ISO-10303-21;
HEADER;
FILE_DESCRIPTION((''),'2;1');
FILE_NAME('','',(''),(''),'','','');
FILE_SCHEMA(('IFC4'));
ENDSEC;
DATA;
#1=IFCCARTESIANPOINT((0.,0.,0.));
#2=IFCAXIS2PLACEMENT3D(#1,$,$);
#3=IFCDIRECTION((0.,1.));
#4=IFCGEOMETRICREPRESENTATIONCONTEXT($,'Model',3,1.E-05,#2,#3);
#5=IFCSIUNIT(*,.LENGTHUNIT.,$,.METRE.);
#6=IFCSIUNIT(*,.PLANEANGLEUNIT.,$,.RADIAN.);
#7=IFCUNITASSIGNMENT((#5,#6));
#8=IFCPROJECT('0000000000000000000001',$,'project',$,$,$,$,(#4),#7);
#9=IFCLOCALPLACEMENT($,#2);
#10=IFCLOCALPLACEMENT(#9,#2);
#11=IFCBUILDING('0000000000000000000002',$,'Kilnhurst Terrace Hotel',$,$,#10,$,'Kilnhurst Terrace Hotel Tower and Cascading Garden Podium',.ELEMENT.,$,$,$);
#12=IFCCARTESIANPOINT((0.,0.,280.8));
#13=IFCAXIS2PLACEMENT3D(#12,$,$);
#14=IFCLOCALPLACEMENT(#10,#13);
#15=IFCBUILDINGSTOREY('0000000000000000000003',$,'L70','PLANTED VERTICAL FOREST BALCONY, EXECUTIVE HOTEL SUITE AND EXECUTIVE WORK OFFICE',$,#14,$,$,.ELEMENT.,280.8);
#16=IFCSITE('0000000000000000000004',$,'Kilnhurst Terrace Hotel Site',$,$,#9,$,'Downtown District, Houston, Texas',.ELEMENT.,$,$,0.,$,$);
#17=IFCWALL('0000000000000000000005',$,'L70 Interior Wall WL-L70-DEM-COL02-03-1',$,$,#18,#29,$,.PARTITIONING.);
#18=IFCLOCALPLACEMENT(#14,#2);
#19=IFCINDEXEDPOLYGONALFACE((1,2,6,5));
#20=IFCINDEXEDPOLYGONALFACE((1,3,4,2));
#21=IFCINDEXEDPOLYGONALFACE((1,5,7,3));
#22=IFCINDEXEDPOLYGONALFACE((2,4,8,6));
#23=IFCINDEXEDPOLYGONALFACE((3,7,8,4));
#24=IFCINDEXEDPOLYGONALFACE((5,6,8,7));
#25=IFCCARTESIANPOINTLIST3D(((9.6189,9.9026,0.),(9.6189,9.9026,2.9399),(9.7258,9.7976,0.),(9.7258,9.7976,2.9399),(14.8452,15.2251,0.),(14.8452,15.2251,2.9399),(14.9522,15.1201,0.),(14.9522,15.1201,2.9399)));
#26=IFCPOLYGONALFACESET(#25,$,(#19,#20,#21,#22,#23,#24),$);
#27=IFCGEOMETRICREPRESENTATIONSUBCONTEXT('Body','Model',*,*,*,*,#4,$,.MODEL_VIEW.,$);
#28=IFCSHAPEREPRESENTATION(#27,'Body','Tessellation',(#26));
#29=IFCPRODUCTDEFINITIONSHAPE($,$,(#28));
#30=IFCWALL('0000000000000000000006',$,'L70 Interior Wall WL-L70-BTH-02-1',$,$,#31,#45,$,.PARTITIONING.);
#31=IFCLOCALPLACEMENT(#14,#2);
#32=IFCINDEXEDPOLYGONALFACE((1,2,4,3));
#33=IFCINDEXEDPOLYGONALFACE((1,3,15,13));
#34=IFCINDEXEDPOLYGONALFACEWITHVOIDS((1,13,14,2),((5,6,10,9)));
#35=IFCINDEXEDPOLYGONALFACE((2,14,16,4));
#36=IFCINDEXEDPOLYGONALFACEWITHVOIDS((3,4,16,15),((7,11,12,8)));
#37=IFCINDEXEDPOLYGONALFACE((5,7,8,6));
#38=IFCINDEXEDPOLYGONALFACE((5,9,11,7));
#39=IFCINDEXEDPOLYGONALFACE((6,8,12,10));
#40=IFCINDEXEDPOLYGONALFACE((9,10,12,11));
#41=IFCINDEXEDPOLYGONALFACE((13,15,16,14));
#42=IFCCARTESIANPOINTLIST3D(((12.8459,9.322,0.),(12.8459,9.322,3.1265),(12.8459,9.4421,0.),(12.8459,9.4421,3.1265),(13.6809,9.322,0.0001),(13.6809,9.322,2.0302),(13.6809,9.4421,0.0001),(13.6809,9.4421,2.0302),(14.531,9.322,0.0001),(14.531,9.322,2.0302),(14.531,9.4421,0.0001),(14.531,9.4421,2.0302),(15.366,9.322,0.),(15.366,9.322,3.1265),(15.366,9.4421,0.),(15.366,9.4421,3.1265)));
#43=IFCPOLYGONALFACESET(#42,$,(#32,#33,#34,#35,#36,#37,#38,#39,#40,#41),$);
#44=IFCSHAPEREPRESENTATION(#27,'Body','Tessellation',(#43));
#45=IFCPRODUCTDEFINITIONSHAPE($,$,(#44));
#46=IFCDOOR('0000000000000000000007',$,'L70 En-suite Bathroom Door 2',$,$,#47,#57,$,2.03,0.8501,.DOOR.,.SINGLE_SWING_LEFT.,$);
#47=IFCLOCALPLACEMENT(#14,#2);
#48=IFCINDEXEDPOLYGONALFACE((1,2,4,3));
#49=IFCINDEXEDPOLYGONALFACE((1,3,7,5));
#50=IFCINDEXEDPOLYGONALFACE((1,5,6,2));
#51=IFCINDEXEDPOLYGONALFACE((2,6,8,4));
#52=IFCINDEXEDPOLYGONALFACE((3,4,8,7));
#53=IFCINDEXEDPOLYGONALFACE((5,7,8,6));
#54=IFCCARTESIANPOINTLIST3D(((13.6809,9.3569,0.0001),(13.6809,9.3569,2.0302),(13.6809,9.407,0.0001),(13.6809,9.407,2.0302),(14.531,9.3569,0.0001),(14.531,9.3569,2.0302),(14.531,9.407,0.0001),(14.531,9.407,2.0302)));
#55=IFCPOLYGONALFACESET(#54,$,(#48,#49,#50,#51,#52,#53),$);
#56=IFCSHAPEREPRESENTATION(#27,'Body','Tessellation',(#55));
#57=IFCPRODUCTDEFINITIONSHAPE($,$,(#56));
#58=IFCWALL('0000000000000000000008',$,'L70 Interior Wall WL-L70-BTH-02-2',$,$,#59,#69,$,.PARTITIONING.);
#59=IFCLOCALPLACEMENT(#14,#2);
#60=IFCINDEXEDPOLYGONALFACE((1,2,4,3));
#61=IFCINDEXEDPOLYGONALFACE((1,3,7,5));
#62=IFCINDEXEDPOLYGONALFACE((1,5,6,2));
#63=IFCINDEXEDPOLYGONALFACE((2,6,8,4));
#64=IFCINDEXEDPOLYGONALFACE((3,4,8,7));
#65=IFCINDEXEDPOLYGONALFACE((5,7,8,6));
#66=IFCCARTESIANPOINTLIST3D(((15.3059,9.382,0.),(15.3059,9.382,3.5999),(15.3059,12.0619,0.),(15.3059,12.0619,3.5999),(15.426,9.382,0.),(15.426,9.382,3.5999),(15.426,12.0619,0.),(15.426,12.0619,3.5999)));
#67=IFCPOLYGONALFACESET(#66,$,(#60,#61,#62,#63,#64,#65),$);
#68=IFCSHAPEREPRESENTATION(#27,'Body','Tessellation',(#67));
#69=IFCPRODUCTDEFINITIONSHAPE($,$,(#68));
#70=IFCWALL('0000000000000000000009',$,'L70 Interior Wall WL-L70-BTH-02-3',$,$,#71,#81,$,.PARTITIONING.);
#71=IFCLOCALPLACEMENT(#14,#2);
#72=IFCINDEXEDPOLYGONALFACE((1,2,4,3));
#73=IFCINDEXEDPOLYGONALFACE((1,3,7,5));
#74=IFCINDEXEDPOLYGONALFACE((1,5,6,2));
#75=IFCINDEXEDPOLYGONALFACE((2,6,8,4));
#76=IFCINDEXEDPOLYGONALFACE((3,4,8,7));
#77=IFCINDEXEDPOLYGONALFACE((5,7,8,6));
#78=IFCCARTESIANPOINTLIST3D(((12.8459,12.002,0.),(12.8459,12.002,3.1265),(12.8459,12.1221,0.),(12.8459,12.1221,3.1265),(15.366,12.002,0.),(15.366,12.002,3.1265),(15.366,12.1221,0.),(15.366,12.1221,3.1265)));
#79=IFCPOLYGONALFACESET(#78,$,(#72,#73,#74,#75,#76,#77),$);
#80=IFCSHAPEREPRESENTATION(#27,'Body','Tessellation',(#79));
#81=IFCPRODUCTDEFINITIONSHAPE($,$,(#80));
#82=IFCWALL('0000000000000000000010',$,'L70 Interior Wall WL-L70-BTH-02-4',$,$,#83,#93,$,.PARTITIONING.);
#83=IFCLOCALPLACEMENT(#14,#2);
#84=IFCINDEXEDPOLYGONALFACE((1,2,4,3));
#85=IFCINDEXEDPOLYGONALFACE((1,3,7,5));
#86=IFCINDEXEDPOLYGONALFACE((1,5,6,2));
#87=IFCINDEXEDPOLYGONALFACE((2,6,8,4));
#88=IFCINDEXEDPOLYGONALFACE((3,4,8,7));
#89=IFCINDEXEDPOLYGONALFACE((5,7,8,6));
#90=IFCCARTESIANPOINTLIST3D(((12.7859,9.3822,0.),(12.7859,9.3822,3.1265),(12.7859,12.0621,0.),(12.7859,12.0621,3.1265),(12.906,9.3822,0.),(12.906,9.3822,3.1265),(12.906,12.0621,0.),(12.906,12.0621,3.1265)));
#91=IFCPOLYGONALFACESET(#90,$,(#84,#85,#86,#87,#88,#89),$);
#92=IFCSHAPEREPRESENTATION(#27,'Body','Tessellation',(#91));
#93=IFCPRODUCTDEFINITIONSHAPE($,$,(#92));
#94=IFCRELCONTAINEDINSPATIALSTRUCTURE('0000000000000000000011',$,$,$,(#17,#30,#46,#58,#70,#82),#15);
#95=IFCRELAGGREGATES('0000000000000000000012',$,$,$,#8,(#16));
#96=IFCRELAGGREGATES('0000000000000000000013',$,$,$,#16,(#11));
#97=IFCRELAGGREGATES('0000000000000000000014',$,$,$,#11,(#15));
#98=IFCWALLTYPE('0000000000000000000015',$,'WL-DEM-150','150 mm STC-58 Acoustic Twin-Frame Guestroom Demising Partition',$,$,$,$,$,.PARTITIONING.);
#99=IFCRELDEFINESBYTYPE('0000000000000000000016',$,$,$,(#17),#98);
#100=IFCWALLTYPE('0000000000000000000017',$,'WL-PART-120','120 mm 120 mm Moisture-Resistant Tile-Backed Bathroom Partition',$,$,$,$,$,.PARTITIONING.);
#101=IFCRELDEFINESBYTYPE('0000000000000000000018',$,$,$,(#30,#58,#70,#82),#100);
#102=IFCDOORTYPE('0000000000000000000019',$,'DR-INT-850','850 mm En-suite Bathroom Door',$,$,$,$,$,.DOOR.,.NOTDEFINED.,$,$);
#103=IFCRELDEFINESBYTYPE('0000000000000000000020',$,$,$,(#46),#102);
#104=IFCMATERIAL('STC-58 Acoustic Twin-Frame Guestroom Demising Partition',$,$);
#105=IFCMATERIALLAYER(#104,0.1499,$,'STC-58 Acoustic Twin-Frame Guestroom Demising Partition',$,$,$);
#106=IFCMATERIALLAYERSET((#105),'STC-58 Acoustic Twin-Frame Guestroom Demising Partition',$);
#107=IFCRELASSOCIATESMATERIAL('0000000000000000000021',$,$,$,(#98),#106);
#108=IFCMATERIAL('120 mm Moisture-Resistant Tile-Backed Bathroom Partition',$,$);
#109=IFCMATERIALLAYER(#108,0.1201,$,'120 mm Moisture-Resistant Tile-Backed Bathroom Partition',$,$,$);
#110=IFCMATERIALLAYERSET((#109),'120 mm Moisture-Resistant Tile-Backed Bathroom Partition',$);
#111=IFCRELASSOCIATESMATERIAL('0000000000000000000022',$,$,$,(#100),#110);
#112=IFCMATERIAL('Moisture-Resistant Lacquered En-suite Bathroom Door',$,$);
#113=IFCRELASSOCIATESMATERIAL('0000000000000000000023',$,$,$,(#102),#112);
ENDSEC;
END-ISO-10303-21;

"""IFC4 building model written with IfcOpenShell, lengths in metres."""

from ifc_helpers import new_model, si_unit, direction, frame, frame_2d, origin, place, context, subcontext, project, spatial, rectangle, extrude, material, layer, layer_set, type_object, element, fill, save


model = new_model("IFC4")

# Units and contexts
model_context = context("Model", 3, precision=1e-05, world=origin(), true_north=direction((0.0, 1.0)))
body_context = subcontext(model_context, "Body", "Model", "MODEL_VIEW")
ifc_project = project(units=[si_unit("LENGTHUNIT", "METRE"), si_unit("PLANEANGLEUNIT", "RADIAN")], contexts=[model_context])

# Site, building, storey
site_placement = place(None, origin())
site = spatial("IfcSite", under=ifc_project, at=site_placement, Name="Kilnhurst Terrace Hotel Site", LongName="Downtown District, Houston, Texas", CompositionType="ELEMENT", RefElevation=0.0)
building_placement = place(site_placement, origin())
building = spatial("IfcBuilding", under=site, at=building_placement, Name="Kilnhurst Terrace Hotel", LongName="Kilnhurst Terrace Hotel Tower and Cascading Garden Podium", CompositionType="ELEMENT")
storey_placement = place(building_placement, frame((0.0, 0.0, 280.8)))
storey = spatial("IfcBuildingStorey", under=building, at=storey_placement, Name="L70", Description="PLANTED VERTICAL FOREST BALCONY, EXECUTIVE HOTEL SUITE AND EXECUTIVE WORK OFFICE", CompositionType="ELEMENT", Elevation=280.8)

# Wall
ifc_material_1 = material(Name="STC-58 Acoustic Twin-Frame Guestroom Demising Partition")
ifc_layer_1 = layer(ifc_material_1, 0.1499, Name="STC-58 Acoustic Twin-Frame Guestroom Demising Partition")
ifc_layer_set_1 = layer_set([ifc_layer_1], Name="STC-58 Acoustic Twin-Frame Guestroom Demising Partition")
wall_type_1 = type_object("IfcWallType", Name="WL-DEM-150", Description="150 mm STC-58 Acoustic Twin-Frame Guestroom Demising Partition", PredefinedType="PARTITIONING", material=ifc_layer_set_1)
wall_1_placement = place(storey_placement, frame((9.6724, 9.8501, 0.0), z_axis=(0.0, 0.0, 1.0), x_axis=(0.70063, 0.713525, 0.0)))
element("IfcWall", 1, at=wall_1_placement, inside=storey, type_object=wall_type_1, Name="L70 Interior Wall WL-L70-DEM-COL02-03-1", PredefinedType="PARTITIONING", context=body_context, shape_type="SweptSolid", body=[
    extrude(rectangle(XDim=7.4595, YDim=0.1499, at=frame_2d((3.7297, 0.0))), origin(), (0.0, 0.0, 1.0), 2.9399),
])

# Wall, opening, door
ifc_material_2 = material(Name="120 mm Moisture-Resistant Tile-Backed Bathroom Partition")
ifc_layer_2 = layer(ifc_material_2, 0.1201, Name="120 mm Moisture-Resistant Tile-Backed Bathroom Partition")
ifc_layer_set_2 = layer_set([ifc_layer_2], Name="120 mm Moisture-Resistant Tile-Backed Bathroom Partition")
wall_type_2 = type_object("IfcWallType", Name="WL-PART-120", Description="120 mm 120 mm Moisture-Resistant Tile-Backed Bathroom Partition", PredefinedType="PARTITIONING", material=ifc_layer_set_2)
wall_2_placement = place(storey_placement, frame((12.8459, 9.3821, 0.0), z_axis=(0.0, 0.0, 1.0), x_axis=(1.0, 0.0, 0.0)))
wall_2 = element("IfcWall", 2, at=wall_2_placement, inside=storey, type_object=wall_type_2, Name="L70 Interior Wall WL-L70-BTH-02-1", PredefinedType="PARTITIONING", context=body_context, shape_type="SweptSolid", body=[
    extrude(rectangle(XDim=2.52, YDim=0.1201, at=frame_2d((1.26, 0.0))), origin(), (0.0, 0.0, 1.0), 3.1265),
])
opening_1_placement = place(wall_2_placement, frame((0.835, 0.0, 0.0)))
opening_1 = element("IfcOpeningElement", 3, at=opening_1_placement, cuts=wall_2, PredefinedType="OPENING", context=body_context, shape_type="SweptSolid", body=[
    extrude(rectangle(XDim=0.8501, YDim=2.03, at=frame_2d((0.425, 1.0151))), frame((0.0, 0.0701, 0.0), z_axis=(0.0, -1.0, 0.0), x_axis=(1.0, 0.0, 0.0)), (0.0, 0.0, 1.0), 0.1401),
])
ifc_material_3 = material(Name="Moisture-Resistant Lacquered En-suite Bathroom Door")
door_type_1 = type_object("IfcDoorType", Name="DR-INT-850", Description="850 mm En-suite Bathroom Door", OperationType="NOTDEFINED", PredefinedType="DOOR", material=ifc_material_3)
door_1_placement = place(opening_1_placement, origin())
door_1 = element("IfcDoor", 4, at=door_1_placement, inside=storey, type_object=door_type_1, Name="L70 En-suite Bathroom Door 2", OperationType="SINGLE_SWING_LEFT", OverallHeight=2.03, OverallWidth=0.8501, PredefinedType="DOOR", context=body_context, shape_type="SweptSolid", body=[
    extrude(rectangle(XDim=0.8501, YDim=2.03, at=frame_2d((0.425, 1.0151))), frame((0.0, 0.0249, 0.0), z_axis=(0.0, -1.0, 0.0), x_axis=(1.0, 0.0, 0.0)), (0.0, 0.0, 1.0), 0.05),
])
fill(opening_1, door_1)

# Walls
wall_3_placement = place(storey_placement, frame((15.366, 9.3821, 0.0), z_axis=(0.0, 0.0, 1.0), x_axis=(0.0, 1.0, 0.0)))
element("IfcWall", 5, at=wall_3_placement, inside=storey, type_object=wall_type_2, Name="L70 Interior Wall WL-L70-BTH-02-2", PredefinedType="PARTITIONING", context=body_context, shape_type="SweptSolid", body=[
    extrude(rectangle(XDim=2.6799, YDim=0.1201, at=frame_2d((1.3398, 0.0))), origin(), (0.0, 0.0, 1.0), 3.5999),
])
wall_4_placement = place(storey_placement, frame((15.366, 12.062, 0.0), z_axis=(0.0, 0.0, 1.0), x_axis=(-1.0, 0.0, 0.0)))
element("IfcWall", 6, at=wall_4_placement, inside=storey, type_object=wall_type_2, Name="L70 Interior Wall WL-L70-BTH-02-3", PredefinedType="PARTITIONING", context=body_context, shape_type="SweptSolid", body=[
    extrude(rectangle(XDim=2.52, YDim=0.1201, at=frame_2d((1.26, 0.0))), origin(), (0.0, 0.0, 1.0), 3.1265),
])
wall_5_placement = place(storey_placement, frame((12.8459, 12.062, 0.0), z_axis=(0.0, 0.0, 1.0), x_axis=(0.0, -1.0, 0.0)))
element("IfcWall", 7, at=wall_5_placement, inside=storey, type_object=wall_type_2, Name="L70 Interior Wall WL-L70-BTH-02-4", PredefinedType="PARTITIONING", context=body_context, shape_type="SweptSolid", body=[
    extrude(rectangle(XDim=2.6799, YDim=0.1201, at=frame_2d((1.3398, 0.0))), origin(), (0.0, 0.0, 1.0), 3.1265),
])

save(model, "model.ifc")
